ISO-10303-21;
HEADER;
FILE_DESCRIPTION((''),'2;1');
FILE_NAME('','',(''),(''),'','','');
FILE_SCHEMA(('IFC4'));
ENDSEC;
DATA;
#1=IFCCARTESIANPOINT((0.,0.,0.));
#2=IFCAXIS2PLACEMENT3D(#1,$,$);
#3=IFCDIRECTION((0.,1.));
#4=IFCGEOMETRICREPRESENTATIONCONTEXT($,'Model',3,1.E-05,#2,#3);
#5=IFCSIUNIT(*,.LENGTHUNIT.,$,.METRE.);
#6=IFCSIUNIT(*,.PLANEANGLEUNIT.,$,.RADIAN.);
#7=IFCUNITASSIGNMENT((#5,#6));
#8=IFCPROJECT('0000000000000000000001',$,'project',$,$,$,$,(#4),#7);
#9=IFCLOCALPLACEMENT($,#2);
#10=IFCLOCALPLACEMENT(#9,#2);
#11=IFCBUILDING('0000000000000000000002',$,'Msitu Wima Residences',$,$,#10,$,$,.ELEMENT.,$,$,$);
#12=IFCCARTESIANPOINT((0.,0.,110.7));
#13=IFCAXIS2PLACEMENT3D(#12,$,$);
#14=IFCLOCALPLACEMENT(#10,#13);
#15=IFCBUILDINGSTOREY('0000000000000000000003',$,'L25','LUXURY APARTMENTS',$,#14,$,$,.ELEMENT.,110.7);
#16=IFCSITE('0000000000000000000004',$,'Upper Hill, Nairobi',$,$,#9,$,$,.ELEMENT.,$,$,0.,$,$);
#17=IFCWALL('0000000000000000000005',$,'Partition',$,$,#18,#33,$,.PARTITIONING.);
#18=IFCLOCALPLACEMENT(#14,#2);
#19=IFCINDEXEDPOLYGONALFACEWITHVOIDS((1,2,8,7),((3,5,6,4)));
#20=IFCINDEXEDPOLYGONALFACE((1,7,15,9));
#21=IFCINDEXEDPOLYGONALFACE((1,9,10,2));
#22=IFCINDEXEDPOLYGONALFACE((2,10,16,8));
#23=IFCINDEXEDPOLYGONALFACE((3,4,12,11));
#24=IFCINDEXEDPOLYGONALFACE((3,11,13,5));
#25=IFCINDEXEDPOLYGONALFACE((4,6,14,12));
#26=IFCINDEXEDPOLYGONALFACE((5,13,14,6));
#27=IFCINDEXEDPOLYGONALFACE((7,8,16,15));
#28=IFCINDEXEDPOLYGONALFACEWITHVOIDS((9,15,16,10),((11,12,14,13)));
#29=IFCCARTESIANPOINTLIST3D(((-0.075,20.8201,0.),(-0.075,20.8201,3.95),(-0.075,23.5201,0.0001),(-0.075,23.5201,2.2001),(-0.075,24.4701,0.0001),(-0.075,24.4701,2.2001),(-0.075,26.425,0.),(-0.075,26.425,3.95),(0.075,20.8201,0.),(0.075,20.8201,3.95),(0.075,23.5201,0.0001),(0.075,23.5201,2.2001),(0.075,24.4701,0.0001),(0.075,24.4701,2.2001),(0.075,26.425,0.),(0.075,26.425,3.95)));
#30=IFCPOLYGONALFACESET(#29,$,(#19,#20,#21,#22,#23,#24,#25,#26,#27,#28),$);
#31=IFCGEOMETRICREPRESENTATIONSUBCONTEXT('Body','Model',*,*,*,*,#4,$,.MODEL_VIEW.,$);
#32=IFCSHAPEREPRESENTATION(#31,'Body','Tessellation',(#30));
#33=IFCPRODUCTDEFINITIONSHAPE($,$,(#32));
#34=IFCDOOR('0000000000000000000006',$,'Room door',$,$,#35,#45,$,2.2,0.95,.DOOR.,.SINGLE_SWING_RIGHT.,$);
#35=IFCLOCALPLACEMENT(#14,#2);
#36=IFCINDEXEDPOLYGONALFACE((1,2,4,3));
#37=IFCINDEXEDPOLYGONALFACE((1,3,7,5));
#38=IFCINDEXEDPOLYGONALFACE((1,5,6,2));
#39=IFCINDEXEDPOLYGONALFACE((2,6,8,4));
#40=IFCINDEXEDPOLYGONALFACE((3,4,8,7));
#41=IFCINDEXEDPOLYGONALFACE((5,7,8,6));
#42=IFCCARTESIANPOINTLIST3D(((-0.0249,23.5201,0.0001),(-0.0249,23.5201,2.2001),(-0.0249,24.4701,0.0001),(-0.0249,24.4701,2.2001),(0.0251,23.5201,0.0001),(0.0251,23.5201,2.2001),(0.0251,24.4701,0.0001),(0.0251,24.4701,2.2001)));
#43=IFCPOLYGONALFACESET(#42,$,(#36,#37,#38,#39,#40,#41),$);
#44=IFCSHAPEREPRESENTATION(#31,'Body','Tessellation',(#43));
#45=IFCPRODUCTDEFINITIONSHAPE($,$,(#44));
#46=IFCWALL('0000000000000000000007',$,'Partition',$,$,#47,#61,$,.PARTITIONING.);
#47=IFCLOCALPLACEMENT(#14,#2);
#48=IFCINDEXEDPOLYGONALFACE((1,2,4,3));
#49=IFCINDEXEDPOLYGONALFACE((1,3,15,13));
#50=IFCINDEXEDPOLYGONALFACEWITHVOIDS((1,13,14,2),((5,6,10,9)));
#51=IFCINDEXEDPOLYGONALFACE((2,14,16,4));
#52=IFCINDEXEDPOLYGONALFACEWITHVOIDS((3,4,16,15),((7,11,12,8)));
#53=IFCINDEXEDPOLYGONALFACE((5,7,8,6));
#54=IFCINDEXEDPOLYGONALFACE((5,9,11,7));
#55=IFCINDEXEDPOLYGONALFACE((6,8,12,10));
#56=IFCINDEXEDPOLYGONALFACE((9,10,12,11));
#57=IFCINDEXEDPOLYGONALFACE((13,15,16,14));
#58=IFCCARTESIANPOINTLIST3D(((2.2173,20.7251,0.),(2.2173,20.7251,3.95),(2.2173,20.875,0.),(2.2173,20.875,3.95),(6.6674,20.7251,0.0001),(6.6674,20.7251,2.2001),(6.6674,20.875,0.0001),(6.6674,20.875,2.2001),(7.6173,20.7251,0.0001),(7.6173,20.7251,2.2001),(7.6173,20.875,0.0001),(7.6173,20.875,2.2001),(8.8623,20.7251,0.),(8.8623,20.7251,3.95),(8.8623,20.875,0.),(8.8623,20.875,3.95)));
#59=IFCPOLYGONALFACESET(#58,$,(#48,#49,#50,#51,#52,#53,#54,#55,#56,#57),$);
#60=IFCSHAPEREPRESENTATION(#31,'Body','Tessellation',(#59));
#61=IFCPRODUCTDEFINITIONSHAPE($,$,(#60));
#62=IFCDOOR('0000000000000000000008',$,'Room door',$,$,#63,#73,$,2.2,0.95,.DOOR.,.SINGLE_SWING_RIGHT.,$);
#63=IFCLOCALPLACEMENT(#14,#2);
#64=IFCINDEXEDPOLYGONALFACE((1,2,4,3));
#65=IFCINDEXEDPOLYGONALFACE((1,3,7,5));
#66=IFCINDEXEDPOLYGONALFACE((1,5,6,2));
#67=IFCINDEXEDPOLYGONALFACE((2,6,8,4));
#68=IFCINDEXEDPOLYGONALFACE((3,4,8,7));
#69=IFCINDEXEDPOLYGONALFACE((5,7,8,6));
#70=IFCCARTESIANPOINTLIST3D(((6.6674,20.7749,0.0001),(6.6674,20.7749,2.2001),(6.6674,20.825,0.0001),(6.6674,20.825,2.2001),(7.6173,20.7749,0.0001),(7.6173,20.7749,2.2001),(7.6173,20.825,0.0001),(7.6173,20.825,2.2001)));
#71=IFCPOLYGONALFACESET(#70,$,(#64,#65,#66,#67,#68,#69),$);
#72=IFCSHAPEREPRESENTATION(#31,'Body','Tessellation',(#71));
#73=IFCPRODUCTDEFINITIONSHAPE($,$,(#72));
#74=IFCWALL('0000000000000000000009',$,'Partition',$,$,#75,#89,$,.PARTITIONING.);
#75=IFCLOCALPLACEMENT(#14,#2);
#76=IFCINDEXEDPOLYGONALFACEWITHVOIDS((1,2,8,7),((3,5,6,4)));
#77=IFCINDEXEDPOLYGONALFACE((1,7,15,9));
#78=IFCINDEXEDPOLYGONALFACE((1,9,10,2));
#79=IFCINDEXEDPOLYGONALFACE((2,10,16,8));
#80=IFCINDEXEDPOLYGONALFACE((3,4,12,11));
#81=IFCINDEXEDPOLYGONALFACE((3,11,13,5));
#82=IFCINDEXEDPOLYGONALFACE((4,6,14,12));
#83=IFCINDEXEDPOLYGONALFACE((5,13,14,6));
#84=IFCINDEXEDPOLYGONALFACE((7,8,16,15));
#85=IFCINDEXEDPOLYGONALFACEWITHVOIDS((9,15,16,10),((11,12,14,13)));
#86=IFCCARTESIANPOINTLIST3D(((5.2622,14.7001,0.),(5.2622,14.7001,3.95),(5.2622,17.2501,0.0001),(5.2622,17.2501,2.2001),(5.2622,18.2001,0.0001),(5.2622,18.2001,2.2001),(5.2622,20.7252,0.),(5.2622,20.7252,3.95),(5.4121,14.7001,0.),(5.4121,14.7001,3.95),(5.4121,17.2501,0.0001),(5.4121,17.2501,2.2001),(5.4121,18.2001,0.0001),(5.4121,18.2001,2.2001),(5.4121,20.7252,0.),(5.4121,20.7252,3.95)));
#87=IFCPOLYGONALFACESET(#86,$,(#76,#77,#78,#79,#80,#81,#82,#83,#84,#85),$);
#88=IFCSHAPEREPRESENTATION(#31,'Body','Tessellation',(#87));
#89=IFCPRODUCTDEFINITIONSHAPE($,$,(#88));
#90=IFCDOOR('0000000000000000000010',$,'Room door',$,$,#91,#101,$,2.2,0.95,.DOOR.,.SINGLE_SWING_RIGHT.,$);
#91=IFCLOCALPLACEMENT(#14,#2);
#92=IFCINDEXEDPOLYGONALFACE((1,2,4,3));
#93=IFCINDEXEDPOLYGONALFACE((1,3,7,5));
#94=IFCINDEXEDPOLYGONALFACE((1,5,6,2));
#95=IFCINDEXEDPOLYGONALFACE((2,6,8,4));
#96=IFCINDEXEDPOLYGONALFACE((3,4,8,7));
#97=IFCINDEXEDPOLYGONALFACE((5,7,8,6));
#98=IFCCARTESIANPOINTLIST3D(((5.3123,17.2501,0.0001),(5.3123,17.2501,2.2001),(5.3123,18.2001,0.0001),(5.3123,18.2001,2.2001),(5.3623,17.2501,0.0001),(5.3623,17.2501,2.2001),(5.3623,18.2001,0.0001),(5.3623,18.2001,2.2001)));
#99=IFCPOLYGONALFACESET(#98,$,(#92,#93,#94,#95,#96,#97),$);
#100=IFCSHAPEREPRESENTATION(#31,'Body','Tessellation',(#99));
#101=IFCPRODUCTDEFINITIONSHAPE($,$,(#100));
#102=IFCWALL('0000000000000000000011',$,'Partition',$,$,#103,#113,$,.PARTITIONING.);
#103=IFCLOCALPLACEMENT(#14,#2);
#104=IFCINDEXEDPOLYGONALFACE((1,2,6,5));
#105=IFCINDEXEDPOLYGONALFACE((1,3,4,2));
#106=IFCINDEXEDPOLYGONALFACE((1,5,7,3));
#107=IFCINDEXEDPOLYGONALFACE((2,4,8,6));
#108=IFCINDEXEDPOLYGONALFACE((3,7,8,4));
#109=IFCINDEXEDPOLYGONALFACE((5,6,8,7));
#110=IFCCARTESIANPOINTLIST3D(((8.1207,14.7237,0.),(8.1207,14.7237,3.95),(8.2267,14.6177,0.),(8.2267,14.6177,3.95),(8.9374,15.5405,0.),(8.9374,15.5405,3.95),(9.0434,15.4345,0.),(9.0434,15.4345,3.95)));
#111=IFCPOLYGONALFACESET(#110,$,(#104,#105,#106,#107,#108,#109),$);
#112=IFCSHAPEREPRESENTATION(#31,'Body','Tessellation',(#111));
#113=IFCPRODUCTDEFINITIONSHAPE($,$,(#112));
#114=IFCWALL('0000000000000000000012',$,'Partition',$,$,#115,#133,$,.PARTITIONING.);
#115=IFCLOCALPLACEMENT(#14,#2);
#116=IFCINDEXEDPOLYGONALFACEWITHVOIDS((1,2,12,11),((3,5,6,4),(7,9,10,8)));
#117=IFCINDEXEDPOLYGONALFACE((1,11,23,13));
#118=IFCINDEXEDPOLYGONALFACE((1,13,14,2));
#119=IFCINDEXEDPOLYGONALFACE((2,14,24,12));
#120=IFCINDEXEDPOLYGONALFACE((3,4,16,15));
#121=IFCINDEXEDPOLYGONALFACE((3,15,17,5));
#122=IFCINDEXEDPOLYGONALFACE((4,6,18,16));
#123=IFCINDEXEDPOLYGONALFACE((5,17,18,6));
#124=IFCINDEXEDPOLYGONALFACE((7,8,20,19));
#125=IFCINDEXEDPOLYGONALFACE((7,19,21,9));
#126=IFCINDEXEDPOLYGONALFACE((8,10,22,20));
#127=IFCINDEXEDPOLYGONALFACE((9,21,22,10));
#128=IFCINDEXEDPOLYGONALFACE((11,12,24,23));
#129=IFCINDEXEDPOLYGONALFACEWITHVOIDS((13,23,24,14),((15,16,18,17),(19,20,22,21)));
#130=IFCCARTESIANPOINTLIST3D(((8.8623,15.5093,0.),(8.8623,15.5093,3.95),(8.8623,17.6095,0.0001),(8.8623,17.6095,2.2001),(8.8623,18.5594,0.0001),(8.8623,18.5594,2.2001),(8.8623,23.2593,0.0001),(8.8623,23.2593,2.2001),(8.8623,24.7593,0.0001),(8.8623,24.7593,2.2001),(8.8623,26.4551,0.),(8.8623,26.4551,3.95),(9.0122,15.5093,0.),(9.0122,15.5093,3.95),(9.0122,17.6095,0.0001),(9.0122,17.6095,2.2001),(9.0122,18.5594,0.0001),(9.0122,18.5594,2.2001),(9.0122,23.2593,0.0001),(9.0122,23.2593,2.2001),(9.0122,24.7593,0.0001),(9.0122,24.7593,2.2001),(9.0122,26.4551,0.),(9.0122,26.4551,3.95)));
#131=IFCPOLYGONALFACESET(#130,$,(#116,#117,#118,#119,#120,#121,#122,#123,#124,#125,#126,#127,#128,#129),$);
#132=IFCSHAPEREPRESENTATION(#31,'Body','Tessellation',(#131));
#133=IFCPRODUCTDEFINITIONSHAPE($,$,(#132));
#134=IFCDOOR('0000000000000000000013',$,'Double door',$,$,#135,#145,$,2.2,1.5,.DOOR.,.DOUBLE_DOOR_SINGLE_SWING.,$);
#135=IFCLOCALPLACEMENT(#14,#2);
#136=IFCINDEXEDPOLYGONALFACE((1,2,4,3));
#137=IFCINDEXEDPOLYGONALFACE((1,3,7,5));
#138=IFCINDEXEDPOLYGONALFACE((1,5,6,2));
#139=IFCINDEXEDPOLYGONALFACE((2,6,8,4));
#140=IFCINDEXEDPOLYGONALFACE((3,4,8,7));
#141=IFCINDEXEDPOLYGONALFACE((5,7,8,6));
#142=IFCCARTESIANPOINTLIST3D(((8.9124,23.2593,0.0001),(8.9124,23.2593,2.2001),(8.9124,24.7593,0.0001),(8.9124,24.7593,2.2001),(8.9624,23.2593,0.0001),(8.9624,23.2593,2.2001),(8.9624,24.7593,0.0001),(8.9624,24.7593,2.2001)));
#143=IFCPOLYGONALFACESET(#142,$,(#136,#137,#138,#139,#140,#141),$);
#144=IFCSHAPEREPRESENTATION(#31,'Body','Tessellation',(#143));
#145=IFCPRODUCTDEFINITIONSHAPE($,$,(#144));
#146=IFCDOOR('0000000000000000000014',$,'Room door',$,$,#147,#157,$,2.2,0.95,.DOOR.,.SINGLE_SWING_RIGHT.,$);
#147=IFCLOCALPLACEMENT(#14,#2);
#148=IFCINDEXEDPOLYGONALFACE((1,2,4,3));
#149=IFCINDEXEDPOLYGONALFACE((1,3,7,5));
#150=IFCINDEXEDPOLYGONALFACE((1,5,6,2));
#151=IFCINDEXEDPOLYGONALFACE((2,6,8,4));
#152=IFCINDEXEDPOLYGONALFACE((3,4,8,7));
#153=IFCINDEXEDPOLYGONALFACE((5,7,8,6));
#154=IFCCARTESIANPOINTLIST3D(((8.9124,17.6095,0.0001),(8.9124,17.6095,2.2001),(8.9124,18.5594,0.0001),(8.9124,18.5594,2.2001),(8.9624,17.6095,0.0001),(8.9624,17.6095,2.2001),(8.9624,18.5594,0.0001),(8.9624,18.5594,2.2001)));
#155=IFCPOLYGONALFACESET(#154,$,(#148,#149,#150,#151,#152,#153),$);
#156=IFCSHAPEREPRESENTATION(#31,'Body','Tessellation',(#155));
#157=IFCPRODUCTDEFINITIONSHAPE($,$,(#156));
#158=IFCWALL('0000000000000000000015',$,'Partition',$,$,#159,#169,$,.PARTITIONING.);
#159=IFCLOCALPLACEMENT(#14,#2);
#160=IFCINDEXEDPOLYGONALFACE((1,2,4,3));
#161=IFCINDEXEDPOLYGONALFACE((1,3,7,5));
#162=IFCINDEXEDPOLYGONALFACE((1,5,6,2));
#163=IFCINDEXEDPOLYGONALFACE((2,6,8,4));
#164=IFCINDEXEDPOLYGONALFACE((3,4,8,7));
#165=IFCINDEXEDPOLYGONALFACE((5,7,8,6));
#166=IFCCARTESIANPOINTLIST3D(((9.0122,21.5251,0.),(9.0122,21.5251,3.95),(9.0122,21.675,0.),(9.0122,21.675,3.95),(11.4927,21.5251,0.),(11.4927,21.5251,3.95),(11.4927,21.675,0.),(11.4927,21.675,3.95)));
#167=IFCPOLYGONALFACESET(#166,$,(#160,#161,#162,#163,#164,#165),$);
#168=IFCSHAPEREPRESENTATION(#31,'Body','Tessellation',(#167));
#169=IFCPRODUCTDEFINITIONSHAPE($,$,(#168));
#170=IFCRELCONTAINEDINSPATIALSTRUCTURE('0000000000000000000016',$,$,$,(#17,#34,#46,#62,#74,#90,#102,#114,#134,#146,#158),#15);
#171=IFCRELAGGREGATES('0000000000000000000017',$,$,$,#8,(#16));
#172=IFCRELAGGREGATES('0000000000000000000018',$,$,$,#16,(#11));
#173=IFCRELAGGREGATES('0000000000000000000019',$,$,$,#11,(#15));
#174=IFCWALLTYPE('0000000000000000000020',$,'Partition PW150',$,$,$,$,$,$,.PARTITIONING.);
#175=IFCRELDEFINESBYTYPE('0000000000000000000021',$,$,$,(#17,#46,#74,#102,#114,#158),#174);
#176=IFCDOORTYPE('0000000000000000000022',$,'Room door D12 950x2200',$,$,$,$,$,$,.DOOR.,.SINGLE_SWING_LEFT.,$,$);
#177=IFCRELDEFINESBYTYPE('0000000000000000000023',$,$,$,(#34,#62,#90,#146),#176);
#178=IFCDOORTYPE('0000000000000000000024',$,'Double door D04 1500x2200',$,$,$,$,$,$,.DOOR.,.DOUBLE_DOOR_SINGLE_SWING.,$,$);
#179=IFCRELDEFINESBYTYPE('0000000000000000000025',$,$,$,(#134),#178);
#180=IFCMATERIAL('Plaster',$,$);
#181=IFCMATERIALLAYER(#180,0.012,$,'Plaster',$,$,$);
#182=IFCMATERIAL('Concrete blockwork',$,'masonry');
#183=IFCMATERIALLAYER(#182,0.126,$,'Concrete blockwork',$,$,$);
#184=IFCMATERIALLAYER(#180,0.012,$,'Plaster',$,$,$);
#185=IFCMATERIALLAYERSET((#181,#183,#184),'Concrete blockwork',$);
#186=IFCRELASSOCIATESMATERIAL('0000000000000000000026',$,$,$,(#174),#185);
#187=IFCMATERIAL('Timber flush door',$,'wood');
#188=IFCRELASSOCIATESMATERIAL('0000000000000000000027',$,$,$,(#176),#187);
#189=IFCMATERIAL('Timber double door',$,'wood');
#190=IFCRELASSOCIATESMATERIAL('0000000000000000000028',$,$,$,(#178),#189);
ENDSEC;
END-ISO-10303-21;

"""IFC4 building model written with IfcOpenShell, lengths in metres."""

from ifc_helpers import new_model, si_unit, direction, frame, frame_2d, origin, place, context, subcontext, project, spatial, rectangle, extrude, material, layer, layer_set, type_object, element, fill, save


model = new_model("IFC4")

# Units and contexts
model_context = context("Model", 3, precision=1e-05, world=origin(), true_north=direction((0.0, 1.0)))
body_context = subcontext(model_context, "Body", "Model", "MODEL_VIEW")
ifc_project = project(units=[si_unit("LENGTHUNIT", "METRE"), si_unit("PLANEANGLEUNIT", "RADIAN")], contexts=[model_context])

# Site, building, storey
site_placement = place(None, origin())
site = spatial("IfcSite", under=ifc_project, at=site_placement, Name="Upper Hill, Nairobi", CompositionType="ELEMENT", RefElevation=0.0)
building_placement = place(site_placement, origin())
building = spatial("IfcBuilding", under=site, at=building_placement, Name="Msitu Wima Residences", CompositionType="ELEMENT")
storey_placement = place(building_placement, frame((0.0, 0.0, 110.7)))
storey = spatial("IfcBuildingStorey", under=building, at=storey_placement, Name="L25", Description="LUXURY APARTMENTS", CompositionType="ELEMENT", Elevation=110.7)

# Walls, openings, doors
ifc_material_1 = material(Name="Plaster")
ifc_layer_1 = layer(ifc_material_1, 0.012, Name="Plaster")
ifc_material_2 = material(Name="Concrete blockwork", Category="masonry")
ifc_layer_2 = layer(ifc_material_2, 0.126, Name="Concrete blockwork")
ifc_layer_3 = layer(ifc_material_1, 0.012, Name="Plaster")
ifc_layer_set_1 = layer_set([ifc_layer_1, ifc_layer_2, ifc_layer_3], Name="Concrete blockwork")
wall_type_1 = type_object("IfcWallType", Name="Partition PW150", PredefinedType="PARTITIONING", material=ifc_layer_set_1)
wall_1_placement = place(storey_placement, frame((0.0, 20.8201, 0.0), z_axis=(0.0, 0.0, 1.0), x_axis=(0.0, 1.0, 0.0)))
wall_1 = element("IfcWall", 1, at=wall_1_placement, inside=storey, type_object=wall_type_1, Name="Partition", PredefinedType="PARTITIONING", context=body_context, shape_type="SweptSolid", body=[
    extrude(rectangle(XDim=5.605, YDim=0.1499, at=frame_2d((2.8025, 0.0))), origin(), (0.0, 0.0, 1.0), 3.95),
])
opening_1_placement = place(wall_1_placement, frame((2.7, 0.0, 0.0)))
opening_1 = element("IfcOpeningElement", 2, at=opening_1_placement, cuts=wall_1, PredefinedType="OPENING", context=body_context, shape_type="SweptSolid", body=[
    extrude(rectangle(XDim=0.95, YDim=2.2, at=frame_2d((0.4751, 1.1001))), frame((0.0, 0.085, 0.0), z_axis=(0.0, -1.0, 0.0), x_axis=(1.0, 0.0, 0.0)), (0.0, 0.0, 1.0), 0.1699),
])
ifc_material_3 = material(Name="Timber flush door", Category="wood")
door_type_1 = type_object("IfcDoorType", Name="Room door D12 950x2200", OperationType="SINGLE_SWING_LEFT", PredefinedType="DOOR", material=ifc_material_3)
door_1_placement = place(opening_1_placement, origin())
door_1 = element("IfcDoor", 3, at=door_1_placement, inside=storey, type_object=door_type_1, Name="Room door", OperationType="SINGLE_SWING_RIGHT", OverallHeight=2.2, OverallWidth=0.95, PredefinedType="DOOR", context=body_context, shape_type="SweptSolid", body=[
    extrude(rectangle(XDim=0.95, YDim=2.2, at=frame_2d((0.4751, 1.1001))), frame((0.0, 0.0249, 0.0), z_axis=(0.0, -1.0, 0.0), x_axis=(1.0, 0.0, 0.0)), (0.0, 0.0, 1.0), 0.05),
])
fill(opening_1, door_1)
wall_2_placement = place(storey_placement, frame((2.2173, 20.8, 0.0), z_axis=(0.0, 0.0, 1.0), x_axis=(1.0, 0.0, 0.0)))
wall_2 = element("IfcWall", 4, at=wall_2_placement, inside=storey, type_object=wall_type_1, Name="Partition", PredefinedType="PARTITIONING", context=body_context, shape_type="SweptSolid", body=[
    extrude(rectangle(XDim=6.645, YDim=0.1499, at=frame_2d((3.3225, 0.0))), origin(), (0.0, 0.0, 1.0), 3.95),
])
opening_2_placement = place(wall_2_placement, frame((4.45, 0.0, 0.0)))
opening_2 = element("IfcOpeningElement", 5, at=opening_2_placement, cuts=wall_2, PredefinedType="OPENING", context=body_context, shape_type="SweptSolid", body=[
    extrude(rectangle(XDim=0.95, YDim=2.2, at=frame_2d((0.4751, 1.1001))), frame((0.0, 0.085, 0.0), z_axis=(0.0, -1.0, 0.0), x_axis=(1.0, 0.0, 0.0)), (0.0, 0.0, 1.0), 0.1699),
])
door_2_placement = place(opening_2_placement, origin())
door_2 = element("IfcDoor", 6, at=door_2_placement, inside=storey, type_object=door_type_1, Name="Room door", OperationType="SINGLE_SWING_RIGHT", OverallHeight=2.2, OverallWidth=0.95, PredefinedType="DOOR", context=body_context, shape_type="SweptSolid", body=[
    extrude(rectangle(XDim=0.95, YDim=2.2, at=frame_2d((0.4751, 1.1001))), frame((0.0, 0.0249, 0.0), z_axis=(0.0, -1.0, 0.0), x_axis=(1.0, 0.0, 0.0)), (0.0, 0.0, 1.0), 0.05),
])
fill(opening_2, door_2)
wall_3_placement = place(storey_placement, frame((5.3372, 14.7, 0.0), z_axis=(0.0, 0.0, 1.0), x_axis=(0.0, 1.0, 0.0)))
wall_3 = element("IfcWall", 7, at=wall_3_placement, inside=storey, type_object=wall_type_1, Name="Partition", PredefinedType="PARTITIONING", context=body_context, shape_type="SweptSolid", body=[
    extrude(rectangle(XDim=6.0251, YDim=0.1499, at=frame_2d((3.0127, 0.0))), origin(), (0.0, 0.0, 1.0), 3.95),
])
opening_3_placement = place(wall_3_placement, frame((2.55, 0.0, 0.0)))
opening_3 = element("IfcOpeningElement", 8, at=opening_3_placement, cuts=wall_3, PredefinedType="OPENING", context=body_context, shape_type="SweptSolid", body=[
    extrude(rectangle(XDim=0.95, YDim=2.2, at=frame_2d((0.4751, 1.1001))), frame((0.0, 0.085, 0.0), z_axis=(0.0, -1.0, 0.0), x_axis=(1.0, 0.0, 0.0)), (0.0, 0.0, 1.0), 0.1699),
])
door_3_placement = place(opening_3_placement, origin())
door_3 = element("IfcDoor", 9, at=door_3_placement, inside=storey, type_object=door_type_1, Name="Room door", OperationType="SINGLE_SWING_RIGHT", OverallHeight=2.2, OverallWidth=0.95, PredefinedType="DOOR", context=body_context, shape_type="SweptSolid", body=[
    extrude(rectangle(XDim=0.95, YDim=2.2, at=frame_2d((0.4751, 1.1001))), frame((0.0, 0.0249, 0.0), z_axis=(0.0, -1.0, 0.0), x_axis=(1.0, 0.0, 0.0)), (0.0, 0.0, 1.0), 0.05),
])
fill(opening_3, door_3)

# Wall
wall_4_placement = place(storey_placement, frame((8.1736, 14.6707, 0.0), z_axis=(0.0, 0.0, 1.0), x_axis=(0.707107, 0.707107, 0.0)))
element("IfcWall", 10, at=wall_4_placement, inside=storey, type_object=wall_type_1, Name="Partition", PredefinedType="PARTITIONING", context=body_context, shape_type="SweptSolid", body=[
    extrude(rectangle(XDim=1.155, YDim=0.1499, at=frame_2d((0.5776, 0.0))), origin(), (0.0, 0.0, 1.0), 3.95),
])

# Wall, openings, doors
wall_5_placement = place(storey_placement, frame((8.9373, 15.5093, 0.0), z_axis=(0.0, 0.0, 1.0), x_axis=(0.0, 1.0, 0.0)))
wall_5 = element("IfcWall", 11, at=wall_5_placement, inside=storey, type_object=wall_type_1, Name="Partition", PredefinedType="PARTITIONING", context=body_context, shape_type="SweptSolid", body=[
    extrude(rectangle(XDim=10.9458, YDim=0.1499, at=frame_2d((5.4729, 0.0))), origin(), (0.0, 0.0, 1.0), 3.95),
])
opening_4_placement = place(wall_5_placement, frame((2.1001, 0.0, 0.0)))
opening_4 = element("IfcOpeningElement", 12, at=opening_4_placement, cuts=wall_5, PredefinedType="OPENING", context=body_context, shape_type="SweptSolid", body=[
    extrude(rectangle(XDim=0.95, YDim=2.2, at=frame_2d((0.4751, 1.1001))), frame((0.0, 0.085, 0.0), z_axis=(0.0, -1.0, 0.0), x_axis=(1.0, 0.0, 0.0)), (0.0, 0.0, 1.0), 0.1699),
])
opening_5_placement = place(wall_5_placement, frame((7.75, 0.0, 0.0)))
opening_5 = element("IfcOpeningElement", 13, at=opening_5_placement, cuts=wall_5, PredefinedType="OPENING", context=body_context, shape_type="SweptSolid", body=[
    extrude(rectangle(XDim=1.5, YDim=2.2, at=frame_2d((0.75, 1.1001))), frame((0.0, 0.085, 0.0), z_axis=(0.0, -1.0, 0.0), x_axis=(1.0, 0.0, 0.0)), (0.0, 0.0, 1.0), 0.1699),
])
ifc_material_4 = material(Name="Timber double door", Category="wood")
door_type_2 = type_object("IfcDoorType", Name="Double door D04 1500x2200", OperationType="DOUBLE_DOOR_SINGLE_SWING", PredefinedType="DOOR", material=ifc_material_4)
door_4_placement = place(opening_5_placement, origin())
door_4 = element("IfcDoor", 14, at=door_4_placement, inside=storey, type_object=door_type_2, Name="Double door", OperationType="DOUBLE_DOOR_SINGLE_SWING", OverallHeight=2.2, OverallWidth=1.5, PredefinedType="DOOR", context=body_context, shape_type="SweptSolid", body=[
    extrude(rectangle(XDim=1.5, YDim=2.2, at=frame_2d((0.75, 1.1001))), frame((0.0, 0.0249, 0.0), z_axis=(0.0, -1.0, 0.0), x_axis=(1.0, 0.0, 0.0)), (0.0, 0.0, 1.0), 0.05),
])
fill(opening_5, door_4)
door_5_placement = place(opening_4_placement, origin())
door_5 = element("IfcDoor", 15, at=door_5_placement, inside=storey, type_object=door_type_1, Name="Room door", OperationType="SINGLE_SWING_RIGHT", OverallHeight=2.2, OverallWidth=0.95, PredefinedType="DOOR", context=body_context, shape_type="SweptSolid", body=[
    extrude(rectangle(XDim=0.95, YDim=2.2, at=frame_2d((0.4751, 1.1001))), frame((0.0, 0.0249, 0.0), z_axis=(0.0, -1.0, 0.0), x_axis=(1.0, 0.0, 0.0)), (0.0, 0.0, 1.0), 0.05),
])
fill(opening_4, door_5)

# Wall
wall_6_placement = place(storey_placement, frame((9.0122, 21.6001, 0.0), z_axis=(0.0, 0.0, 1.0), x_axis=(1.0, 0.0, 0.0)))
element("IfcWall", 16, at=wall_6_placement, inside=storey, type_object=wall_type_1, Name="Partition", PredefinedType="PARTITIONING", context=body_context, shape_type="SweptSolid", body=[
    extrude(rectangle(XDim=2.4805, YDim=0.1499, at=frame_2d((1.2402, 0.0))), origin(), (0.0, 0.0, 1.0), 3.95),
])

save(model, "model.ifc")
